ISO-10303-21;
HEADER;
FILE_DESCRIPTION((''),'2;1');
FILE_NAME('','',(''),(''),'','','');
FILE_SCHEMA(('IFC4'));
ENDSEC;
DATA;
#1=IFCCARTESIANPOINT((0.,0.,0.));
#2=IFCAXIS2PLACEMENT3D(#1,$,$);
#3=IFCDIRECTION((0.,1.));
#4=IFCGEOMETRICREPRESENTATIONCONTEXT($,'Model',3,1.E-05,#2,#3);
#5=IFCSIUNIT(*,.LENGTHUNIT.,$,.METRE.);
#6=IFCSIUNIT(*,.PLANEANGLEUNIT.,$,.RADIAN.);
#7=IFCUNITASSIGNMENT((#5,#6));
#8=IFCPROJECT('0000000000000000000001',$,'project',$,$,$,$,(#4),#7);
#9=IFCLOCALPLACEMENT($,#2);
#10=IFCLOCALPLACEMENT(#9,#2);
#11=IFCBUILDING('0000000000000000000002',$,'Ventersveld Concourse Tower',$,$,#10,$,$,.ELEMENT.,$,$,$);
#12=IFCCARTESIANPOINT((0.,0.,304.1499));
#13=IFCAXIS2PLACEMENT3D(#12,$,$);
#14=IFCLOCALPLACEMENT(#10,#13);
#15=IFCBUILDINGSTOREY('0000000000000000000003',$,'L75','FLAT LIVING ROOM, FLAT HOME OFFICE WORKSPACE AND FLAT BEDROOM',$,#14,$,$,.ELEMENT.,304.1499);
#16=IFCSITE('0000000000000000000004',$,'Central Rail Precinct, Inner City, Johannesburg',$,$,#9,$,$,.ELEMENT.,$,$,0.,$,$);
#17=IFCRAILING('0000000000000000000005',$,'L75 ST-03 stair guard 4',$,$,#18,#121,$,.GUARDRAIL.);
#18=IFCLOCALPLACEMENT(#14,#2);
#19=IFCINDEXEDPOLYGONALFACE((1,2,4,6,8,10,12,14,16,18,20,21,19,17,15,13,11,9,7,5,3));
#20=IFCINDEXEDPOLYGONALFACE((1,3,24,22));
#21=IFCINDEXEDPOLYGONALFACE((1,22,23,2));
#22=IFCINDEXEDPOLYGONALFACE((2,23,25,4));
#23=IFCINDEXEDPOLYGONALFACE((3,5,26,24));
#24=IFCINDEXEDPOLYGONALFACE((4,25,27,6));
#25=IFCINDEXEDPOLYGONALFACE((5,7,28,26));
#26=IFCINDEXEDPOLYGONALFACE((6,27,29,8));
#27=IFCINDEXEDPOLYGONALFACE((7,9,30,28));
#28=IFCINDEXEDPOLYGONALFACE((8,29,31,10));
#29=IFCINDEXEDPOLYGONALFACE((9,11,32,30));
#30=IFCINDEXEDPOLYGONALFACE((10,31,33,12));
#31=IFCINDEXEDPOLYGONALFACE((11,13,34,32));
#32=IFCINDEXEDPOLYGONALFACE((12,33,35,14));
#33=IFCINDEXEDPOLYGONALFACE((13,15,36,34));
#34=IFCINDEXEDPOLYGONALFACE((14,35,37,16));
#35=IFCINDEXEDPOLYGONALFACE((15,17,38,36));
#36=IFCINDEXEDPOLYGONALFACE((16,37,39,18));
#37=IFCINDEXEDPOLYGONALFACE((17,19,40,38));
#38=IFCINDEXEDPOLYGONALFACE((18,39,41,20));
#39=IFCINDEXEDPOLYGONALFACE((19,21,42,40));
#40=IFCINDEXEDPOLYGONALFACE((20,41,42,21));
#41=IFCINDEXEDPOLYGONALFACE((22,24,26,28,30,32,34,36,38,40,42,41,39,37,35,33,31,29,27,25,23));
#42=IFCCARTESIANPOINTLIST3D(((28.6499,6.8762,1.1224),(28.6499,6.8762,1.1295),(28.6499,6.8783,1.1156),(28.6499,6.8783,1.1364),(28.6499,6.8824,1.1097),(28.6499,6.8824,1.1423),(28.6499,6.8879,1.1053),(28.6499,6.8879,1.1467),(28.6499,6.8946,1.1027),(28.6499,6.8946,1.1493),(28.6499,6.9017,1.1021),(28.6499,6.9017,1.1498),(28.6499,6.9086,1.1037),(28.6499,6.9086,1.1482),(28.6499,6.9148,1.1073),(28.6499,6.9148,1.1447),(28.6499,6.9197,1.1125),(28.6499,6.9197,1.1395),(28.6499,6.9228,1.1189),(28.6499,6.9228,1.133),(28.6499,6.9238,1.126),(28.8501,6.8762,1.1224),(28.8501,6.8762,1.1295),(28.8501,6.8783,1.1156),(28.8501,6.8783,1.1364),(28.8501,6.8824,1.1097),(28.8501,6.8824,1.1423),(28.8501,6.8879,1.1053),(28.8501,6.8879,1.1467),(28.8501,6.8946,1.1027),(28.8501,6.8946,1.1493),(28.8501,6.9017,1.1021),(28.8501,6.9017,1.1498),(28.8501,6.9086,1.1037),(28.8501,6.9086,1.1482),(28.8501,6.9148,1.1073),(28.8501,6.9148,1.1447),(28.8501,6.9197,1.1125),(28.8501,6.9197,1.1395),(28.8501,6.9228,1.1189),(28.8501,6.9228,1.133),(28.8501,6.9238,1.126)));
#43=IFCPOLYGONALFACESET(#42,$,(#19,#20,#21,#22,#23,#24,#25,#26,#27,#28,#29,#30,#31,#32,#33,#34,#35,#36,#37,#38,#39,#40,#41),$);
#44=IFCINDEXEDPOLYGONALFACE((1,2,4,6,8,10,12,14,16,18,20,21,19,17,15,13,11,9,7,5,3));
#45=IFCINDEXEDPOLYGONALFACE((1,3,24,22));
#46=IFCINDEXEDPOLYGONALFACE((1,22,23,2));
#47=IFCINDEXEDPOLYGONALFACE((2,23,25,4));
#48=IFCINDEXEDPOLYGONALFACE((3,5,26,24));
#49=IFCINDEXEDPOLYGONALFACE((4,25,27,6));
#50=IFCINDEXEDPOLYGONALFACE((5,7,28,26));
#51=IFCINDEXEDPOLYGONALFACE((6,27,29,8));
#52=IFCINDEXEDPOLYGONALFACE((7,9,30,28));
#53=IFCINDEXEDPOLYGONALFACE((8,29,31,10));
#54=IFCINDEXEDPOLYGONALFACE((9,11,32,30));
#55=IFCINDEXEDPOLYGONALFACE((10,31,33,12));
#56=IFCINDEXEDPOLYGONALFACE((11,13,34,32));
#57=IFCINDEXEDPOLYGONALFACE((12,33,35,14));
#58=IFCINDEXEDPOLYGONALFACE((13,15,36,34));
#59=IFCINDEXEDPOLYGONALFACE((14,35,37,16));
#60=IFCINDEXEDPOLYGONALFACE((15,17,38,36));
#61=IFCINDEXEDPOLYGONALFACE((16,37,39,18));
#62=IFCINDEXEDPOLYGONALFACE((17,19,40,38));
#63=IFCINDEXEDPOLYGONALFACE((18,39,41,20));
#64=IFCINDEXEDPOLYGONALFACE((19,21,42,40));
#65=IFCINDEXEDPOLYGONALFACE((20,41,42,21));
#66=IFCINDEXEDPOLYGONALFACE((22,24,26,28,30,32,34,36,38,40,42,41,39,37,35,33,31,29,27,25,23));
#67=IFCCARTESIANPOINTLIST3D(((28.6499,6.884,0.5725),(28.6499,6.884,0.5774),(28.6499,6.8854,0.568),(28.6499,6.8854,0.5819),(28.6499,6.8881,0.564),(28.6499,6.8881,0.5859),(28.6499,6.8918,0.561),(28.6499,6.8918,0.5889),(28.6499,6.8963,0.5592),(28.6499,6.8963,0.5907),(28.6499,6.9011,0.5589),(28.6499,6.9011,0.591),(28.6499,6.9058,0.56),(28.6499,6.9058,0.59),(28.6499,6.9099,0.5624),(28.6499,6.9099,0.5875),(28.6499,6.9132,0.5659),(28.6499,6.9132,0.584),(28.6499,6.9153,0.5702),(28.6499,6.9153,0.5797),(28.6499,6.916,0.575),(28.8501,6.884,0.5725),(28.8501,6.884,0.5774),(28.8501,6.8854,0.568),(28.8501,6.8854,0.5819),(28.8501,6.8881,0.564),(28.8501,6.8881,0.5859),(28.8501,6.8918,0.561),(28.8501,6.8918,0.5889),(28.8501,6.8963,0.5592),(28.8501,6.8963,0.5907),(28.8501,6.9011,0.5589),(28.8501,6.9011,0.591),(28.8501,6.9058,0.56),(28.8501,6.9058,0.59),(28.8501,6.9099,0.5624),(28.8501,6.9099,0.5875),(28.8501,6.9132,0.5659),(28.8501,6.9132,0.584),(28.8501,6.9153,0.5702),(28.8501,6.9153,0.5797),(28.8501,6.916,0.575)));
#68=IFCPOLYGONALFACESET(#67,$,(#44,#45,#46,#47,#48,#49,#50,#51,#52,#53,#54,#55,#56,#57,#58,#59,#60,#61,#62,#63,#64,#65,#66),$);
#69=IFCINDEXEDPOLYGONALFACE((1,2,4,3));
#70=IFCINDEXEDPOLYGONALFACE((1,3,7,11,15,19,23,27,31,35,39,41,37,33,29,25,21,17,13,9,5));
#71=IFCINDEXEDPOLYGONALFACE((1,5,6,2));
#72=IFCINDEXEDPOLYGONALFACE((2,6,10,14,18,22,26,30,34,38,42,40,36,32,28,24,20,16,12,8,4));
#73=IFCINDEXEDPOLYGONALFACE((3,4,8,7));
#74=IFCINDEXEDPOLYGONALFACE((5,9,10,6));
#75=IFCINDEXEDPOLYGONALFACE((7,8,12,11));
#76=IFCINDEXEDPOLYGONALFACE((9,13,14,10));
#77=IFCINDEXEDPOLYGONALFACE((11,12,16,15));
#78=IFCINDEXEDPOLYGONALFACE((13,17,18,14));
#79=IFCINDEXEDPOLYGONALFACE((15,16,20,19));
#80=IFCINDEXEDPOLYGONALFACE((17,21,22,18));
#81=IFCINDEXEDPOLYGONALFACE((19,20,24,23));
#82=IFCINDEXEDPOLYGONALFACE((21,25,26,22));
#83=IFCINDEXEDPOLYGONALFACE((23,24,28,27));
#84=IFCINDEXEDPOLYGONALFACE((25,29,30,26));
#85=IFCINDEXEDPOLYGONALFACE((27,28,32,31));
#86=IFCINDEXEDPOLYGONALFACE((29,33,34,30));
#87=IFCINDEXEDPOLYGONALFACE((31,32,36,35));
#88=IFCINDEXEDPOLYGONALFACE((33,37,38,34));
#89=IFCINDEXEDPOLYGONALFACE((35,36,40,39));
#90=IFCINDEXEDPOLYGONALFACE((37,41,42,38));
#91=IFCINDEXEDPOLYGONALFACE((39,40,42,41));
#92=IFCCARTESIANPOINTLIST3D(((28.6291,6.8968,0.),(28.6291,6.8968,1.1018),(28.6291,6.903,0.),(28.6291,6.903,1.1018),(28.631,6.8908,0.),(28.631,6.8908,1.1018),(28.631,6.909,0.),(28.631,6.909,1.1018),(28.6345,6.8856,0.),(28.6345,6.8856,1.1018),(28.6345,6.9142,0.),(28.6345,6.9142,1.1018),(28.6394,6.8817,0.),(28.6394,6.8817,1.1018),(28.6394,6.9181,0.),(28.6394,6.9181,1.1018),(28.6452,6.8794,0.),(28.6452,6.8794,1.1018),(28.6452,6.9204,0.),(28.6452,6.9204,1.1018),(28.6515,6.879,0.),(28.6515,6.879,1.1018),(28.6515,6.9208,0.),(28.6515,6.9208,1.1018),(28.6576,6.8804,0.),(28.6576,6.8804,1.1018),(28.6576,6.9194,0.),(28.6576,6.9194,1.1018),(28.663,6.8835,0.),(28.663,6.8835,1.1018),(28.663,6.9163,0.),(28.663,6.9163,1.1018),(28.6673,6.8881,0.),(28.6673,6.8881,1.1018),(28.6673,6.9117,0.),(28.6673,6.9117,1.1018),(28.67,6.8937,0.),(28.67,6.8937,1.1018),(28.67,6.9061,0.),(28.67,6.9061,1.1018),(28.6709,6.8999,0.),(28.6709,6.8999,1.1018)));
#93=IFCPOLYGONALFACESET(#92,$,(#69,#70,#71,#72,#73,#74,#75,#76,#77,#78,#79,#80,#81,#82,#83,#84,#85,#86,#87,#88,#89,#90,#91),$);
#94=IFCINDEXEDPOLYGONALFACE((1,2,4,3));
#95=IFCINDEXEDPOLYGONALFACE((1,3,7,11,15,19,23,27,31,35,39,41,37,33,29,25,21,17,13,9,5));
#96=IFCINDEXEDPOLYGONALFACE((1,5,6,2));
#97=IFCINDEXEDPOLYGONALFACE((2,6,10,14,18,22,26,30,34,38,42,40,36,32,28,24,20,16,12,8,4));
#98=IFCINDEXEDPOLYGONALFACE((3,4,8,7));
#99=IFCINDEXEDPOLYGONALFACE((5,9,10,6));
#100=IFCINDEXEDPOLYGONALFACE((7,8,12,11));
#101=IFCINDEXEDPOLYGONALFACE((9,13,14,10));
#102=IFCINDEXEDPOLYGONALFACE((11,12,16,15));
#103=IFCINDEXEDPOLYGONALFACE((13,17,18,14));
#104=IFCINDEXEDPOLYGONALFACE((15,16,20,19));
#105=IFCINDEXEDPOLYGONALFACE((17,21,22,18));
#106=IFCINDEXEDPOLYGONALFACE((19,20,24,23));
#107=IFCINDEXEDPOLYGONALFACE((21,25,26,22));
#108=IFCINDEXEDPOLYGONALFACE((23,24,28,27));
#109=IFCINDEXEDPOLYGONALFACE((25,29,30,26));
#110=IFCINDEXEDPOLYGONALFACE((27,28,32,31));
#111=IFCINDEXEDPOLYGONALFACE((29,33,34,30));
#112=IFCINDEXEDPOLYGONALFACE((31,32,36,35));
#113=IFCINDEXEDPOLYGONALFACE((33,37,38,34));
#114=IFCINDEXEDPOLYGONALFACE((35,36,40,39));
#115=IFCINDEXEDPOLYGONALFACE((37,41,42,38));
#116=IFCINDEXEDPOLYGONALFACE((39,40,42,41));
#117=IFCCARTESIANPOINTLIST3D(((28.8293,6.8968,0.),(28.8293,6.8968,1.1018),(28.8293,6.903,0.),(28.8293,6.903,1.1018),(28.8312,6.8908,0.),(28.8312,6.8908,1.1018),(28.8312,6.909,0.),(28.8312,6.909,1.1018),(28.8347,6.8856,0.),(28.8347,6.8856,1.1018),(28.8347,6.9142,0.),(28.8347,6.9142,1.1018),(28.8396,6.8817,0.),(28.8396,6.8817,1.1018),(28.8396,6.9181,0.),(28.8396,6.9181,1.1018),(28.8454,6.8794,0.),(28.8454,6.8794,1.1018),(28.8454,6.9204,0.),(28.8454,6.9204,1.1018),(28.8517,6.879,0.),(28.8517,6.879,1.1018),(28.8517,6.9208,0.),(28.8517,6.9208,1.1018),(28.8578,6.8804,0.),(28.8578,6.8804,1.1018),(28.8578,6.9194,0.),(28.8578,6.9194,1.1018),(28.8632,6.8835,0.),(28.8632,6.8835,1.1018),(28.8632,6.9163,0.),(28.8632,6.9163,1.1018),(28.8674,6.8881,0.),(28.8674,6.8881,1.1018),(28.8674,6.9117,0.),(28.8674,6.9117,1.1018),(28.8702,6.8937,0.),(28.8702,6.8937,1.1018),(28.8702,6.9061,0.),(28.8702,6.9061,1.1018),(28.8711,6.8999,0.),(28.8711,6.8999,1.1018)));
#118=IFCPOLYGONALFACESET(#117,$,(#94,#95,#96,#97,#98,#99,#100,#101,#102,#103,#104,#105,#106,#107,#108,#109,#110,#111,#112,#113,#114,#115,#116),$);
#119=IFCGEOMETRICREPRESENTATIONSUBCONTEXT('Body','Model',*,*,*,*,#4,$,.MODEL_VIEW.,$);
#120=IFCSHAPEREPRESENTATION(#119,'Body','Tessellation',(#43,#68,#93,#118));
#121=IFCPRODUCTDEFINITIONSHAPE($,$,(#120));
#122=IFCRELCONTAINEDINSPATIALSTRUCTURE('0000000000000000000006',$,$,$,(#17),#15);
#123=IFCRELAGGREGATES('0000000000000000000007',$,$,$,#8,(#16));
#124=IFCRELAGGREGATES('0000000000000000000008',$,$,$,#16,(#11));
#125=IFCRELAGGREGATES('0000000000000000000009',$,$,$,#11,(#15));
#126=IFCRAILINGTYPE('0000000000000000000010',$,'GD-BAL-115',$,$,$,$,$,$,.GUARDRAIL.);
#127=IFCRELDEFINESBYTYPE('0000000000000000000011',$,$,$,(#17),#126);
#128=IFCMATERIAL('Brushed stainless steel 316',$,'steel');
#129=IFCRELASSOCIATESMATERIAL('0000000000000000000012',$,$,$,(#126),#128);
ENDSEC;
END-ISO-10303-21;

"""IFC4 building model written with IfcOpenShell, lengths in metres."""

from ifc_helpers import new_model, si_unit, direction, frame, origin, origin_2d, place, context, subcontext, project, spatial, circle, extrude, material, type_object, element, save


model = new_model("IFC4")

# Units and contexts
model_context = context("Model", 3, precision=1e-05, world=origin(), true_north=direction((0.0, 1.0)))
body_context = subcontext(model_context, "Body", "Model", "MODEL_VIEW")
ifc_project = project(units=[si_unit("LENGTHUNIT", "METRE"), si_unit("PLANEANGLEUNIT", "RADIAN")], contexts=[model_context])

# Site, building, storey
site_placement = place(None, origin())
site = spatial("IfcSite", under=ifc_project, at=site_placement, Name="Central Rail Precinct, Inner City, Johannesburg", CompositionType="ELEMENT", RefElevation=0.0)
building_placement = place(site_placement, origin())
building = spatial("IfcBuilding", under=site, at=building_placement, Name="Ventersveld Concourse Tower", CompositionType="ELEMENT")
storey_placement = place(building_placement, frame((0.0, 0.0, 304.1499)))
storey = spatial("IfcBuildingStorey", under=building, at=storey_placement, Name="L75", Description="FLAT LIVING ROOM, FLAT HOME OFFICE WORKSPACE AND FLAT BEDROOM", CompositionType="ELEMENT", Elevation=304.1499)

# Shared definitions
ifc_material_1 = material(Name="Brushed stainless steel 316", Category="steel")

# Railing
railing_type_1 = type_object("IfcRailingType", Name="GD-BAL-115", PredefinedType="GUARDRAIL", material=ifc_material_1)
railing_1_placement = place(storey_placement, frame((28.6499, 6.8999, 0.0)))
element("IfcRailing", 1, at=railing_1_placement, inside=storey, type_object=railing_type_1, Name="L75 ST-03 stair guard 4", PredefinedType="GUARDRAIL", context=body_context, shape_type="SweptSolid", body=[
    extrude(circle(Radius=0.0239, at=origin_2d()), frame((0.0, 0.0, 1.126), z_axis=(1.0, 0.0, 0.0), x_axis=(0.0, 1.0, 0.0)), (0.0, 0.0, 1.0), 0.2002),
    extrude(circle(Radius=0.0161, at=origin_2d()), frame((0.0, 0.0, 0.575), z_axis=(1.0, 0.0, 0.0), x_axis=(0.0, 1.0, 0.0)), (0.0, 0.0, 1.0), 0.2002),
    extrude(circle(Radius=0.021, at=origin_2d()), origin(), (0.0, 0.0, 1.0), 1.1018),
    extrude(circle(Radius=0.021, at=origin_2d()), frame((0.2002, 0.0, 0.0)), (0.0, 0.0, 1.0), 1.1018),
])

save(model, "model.ifc")
